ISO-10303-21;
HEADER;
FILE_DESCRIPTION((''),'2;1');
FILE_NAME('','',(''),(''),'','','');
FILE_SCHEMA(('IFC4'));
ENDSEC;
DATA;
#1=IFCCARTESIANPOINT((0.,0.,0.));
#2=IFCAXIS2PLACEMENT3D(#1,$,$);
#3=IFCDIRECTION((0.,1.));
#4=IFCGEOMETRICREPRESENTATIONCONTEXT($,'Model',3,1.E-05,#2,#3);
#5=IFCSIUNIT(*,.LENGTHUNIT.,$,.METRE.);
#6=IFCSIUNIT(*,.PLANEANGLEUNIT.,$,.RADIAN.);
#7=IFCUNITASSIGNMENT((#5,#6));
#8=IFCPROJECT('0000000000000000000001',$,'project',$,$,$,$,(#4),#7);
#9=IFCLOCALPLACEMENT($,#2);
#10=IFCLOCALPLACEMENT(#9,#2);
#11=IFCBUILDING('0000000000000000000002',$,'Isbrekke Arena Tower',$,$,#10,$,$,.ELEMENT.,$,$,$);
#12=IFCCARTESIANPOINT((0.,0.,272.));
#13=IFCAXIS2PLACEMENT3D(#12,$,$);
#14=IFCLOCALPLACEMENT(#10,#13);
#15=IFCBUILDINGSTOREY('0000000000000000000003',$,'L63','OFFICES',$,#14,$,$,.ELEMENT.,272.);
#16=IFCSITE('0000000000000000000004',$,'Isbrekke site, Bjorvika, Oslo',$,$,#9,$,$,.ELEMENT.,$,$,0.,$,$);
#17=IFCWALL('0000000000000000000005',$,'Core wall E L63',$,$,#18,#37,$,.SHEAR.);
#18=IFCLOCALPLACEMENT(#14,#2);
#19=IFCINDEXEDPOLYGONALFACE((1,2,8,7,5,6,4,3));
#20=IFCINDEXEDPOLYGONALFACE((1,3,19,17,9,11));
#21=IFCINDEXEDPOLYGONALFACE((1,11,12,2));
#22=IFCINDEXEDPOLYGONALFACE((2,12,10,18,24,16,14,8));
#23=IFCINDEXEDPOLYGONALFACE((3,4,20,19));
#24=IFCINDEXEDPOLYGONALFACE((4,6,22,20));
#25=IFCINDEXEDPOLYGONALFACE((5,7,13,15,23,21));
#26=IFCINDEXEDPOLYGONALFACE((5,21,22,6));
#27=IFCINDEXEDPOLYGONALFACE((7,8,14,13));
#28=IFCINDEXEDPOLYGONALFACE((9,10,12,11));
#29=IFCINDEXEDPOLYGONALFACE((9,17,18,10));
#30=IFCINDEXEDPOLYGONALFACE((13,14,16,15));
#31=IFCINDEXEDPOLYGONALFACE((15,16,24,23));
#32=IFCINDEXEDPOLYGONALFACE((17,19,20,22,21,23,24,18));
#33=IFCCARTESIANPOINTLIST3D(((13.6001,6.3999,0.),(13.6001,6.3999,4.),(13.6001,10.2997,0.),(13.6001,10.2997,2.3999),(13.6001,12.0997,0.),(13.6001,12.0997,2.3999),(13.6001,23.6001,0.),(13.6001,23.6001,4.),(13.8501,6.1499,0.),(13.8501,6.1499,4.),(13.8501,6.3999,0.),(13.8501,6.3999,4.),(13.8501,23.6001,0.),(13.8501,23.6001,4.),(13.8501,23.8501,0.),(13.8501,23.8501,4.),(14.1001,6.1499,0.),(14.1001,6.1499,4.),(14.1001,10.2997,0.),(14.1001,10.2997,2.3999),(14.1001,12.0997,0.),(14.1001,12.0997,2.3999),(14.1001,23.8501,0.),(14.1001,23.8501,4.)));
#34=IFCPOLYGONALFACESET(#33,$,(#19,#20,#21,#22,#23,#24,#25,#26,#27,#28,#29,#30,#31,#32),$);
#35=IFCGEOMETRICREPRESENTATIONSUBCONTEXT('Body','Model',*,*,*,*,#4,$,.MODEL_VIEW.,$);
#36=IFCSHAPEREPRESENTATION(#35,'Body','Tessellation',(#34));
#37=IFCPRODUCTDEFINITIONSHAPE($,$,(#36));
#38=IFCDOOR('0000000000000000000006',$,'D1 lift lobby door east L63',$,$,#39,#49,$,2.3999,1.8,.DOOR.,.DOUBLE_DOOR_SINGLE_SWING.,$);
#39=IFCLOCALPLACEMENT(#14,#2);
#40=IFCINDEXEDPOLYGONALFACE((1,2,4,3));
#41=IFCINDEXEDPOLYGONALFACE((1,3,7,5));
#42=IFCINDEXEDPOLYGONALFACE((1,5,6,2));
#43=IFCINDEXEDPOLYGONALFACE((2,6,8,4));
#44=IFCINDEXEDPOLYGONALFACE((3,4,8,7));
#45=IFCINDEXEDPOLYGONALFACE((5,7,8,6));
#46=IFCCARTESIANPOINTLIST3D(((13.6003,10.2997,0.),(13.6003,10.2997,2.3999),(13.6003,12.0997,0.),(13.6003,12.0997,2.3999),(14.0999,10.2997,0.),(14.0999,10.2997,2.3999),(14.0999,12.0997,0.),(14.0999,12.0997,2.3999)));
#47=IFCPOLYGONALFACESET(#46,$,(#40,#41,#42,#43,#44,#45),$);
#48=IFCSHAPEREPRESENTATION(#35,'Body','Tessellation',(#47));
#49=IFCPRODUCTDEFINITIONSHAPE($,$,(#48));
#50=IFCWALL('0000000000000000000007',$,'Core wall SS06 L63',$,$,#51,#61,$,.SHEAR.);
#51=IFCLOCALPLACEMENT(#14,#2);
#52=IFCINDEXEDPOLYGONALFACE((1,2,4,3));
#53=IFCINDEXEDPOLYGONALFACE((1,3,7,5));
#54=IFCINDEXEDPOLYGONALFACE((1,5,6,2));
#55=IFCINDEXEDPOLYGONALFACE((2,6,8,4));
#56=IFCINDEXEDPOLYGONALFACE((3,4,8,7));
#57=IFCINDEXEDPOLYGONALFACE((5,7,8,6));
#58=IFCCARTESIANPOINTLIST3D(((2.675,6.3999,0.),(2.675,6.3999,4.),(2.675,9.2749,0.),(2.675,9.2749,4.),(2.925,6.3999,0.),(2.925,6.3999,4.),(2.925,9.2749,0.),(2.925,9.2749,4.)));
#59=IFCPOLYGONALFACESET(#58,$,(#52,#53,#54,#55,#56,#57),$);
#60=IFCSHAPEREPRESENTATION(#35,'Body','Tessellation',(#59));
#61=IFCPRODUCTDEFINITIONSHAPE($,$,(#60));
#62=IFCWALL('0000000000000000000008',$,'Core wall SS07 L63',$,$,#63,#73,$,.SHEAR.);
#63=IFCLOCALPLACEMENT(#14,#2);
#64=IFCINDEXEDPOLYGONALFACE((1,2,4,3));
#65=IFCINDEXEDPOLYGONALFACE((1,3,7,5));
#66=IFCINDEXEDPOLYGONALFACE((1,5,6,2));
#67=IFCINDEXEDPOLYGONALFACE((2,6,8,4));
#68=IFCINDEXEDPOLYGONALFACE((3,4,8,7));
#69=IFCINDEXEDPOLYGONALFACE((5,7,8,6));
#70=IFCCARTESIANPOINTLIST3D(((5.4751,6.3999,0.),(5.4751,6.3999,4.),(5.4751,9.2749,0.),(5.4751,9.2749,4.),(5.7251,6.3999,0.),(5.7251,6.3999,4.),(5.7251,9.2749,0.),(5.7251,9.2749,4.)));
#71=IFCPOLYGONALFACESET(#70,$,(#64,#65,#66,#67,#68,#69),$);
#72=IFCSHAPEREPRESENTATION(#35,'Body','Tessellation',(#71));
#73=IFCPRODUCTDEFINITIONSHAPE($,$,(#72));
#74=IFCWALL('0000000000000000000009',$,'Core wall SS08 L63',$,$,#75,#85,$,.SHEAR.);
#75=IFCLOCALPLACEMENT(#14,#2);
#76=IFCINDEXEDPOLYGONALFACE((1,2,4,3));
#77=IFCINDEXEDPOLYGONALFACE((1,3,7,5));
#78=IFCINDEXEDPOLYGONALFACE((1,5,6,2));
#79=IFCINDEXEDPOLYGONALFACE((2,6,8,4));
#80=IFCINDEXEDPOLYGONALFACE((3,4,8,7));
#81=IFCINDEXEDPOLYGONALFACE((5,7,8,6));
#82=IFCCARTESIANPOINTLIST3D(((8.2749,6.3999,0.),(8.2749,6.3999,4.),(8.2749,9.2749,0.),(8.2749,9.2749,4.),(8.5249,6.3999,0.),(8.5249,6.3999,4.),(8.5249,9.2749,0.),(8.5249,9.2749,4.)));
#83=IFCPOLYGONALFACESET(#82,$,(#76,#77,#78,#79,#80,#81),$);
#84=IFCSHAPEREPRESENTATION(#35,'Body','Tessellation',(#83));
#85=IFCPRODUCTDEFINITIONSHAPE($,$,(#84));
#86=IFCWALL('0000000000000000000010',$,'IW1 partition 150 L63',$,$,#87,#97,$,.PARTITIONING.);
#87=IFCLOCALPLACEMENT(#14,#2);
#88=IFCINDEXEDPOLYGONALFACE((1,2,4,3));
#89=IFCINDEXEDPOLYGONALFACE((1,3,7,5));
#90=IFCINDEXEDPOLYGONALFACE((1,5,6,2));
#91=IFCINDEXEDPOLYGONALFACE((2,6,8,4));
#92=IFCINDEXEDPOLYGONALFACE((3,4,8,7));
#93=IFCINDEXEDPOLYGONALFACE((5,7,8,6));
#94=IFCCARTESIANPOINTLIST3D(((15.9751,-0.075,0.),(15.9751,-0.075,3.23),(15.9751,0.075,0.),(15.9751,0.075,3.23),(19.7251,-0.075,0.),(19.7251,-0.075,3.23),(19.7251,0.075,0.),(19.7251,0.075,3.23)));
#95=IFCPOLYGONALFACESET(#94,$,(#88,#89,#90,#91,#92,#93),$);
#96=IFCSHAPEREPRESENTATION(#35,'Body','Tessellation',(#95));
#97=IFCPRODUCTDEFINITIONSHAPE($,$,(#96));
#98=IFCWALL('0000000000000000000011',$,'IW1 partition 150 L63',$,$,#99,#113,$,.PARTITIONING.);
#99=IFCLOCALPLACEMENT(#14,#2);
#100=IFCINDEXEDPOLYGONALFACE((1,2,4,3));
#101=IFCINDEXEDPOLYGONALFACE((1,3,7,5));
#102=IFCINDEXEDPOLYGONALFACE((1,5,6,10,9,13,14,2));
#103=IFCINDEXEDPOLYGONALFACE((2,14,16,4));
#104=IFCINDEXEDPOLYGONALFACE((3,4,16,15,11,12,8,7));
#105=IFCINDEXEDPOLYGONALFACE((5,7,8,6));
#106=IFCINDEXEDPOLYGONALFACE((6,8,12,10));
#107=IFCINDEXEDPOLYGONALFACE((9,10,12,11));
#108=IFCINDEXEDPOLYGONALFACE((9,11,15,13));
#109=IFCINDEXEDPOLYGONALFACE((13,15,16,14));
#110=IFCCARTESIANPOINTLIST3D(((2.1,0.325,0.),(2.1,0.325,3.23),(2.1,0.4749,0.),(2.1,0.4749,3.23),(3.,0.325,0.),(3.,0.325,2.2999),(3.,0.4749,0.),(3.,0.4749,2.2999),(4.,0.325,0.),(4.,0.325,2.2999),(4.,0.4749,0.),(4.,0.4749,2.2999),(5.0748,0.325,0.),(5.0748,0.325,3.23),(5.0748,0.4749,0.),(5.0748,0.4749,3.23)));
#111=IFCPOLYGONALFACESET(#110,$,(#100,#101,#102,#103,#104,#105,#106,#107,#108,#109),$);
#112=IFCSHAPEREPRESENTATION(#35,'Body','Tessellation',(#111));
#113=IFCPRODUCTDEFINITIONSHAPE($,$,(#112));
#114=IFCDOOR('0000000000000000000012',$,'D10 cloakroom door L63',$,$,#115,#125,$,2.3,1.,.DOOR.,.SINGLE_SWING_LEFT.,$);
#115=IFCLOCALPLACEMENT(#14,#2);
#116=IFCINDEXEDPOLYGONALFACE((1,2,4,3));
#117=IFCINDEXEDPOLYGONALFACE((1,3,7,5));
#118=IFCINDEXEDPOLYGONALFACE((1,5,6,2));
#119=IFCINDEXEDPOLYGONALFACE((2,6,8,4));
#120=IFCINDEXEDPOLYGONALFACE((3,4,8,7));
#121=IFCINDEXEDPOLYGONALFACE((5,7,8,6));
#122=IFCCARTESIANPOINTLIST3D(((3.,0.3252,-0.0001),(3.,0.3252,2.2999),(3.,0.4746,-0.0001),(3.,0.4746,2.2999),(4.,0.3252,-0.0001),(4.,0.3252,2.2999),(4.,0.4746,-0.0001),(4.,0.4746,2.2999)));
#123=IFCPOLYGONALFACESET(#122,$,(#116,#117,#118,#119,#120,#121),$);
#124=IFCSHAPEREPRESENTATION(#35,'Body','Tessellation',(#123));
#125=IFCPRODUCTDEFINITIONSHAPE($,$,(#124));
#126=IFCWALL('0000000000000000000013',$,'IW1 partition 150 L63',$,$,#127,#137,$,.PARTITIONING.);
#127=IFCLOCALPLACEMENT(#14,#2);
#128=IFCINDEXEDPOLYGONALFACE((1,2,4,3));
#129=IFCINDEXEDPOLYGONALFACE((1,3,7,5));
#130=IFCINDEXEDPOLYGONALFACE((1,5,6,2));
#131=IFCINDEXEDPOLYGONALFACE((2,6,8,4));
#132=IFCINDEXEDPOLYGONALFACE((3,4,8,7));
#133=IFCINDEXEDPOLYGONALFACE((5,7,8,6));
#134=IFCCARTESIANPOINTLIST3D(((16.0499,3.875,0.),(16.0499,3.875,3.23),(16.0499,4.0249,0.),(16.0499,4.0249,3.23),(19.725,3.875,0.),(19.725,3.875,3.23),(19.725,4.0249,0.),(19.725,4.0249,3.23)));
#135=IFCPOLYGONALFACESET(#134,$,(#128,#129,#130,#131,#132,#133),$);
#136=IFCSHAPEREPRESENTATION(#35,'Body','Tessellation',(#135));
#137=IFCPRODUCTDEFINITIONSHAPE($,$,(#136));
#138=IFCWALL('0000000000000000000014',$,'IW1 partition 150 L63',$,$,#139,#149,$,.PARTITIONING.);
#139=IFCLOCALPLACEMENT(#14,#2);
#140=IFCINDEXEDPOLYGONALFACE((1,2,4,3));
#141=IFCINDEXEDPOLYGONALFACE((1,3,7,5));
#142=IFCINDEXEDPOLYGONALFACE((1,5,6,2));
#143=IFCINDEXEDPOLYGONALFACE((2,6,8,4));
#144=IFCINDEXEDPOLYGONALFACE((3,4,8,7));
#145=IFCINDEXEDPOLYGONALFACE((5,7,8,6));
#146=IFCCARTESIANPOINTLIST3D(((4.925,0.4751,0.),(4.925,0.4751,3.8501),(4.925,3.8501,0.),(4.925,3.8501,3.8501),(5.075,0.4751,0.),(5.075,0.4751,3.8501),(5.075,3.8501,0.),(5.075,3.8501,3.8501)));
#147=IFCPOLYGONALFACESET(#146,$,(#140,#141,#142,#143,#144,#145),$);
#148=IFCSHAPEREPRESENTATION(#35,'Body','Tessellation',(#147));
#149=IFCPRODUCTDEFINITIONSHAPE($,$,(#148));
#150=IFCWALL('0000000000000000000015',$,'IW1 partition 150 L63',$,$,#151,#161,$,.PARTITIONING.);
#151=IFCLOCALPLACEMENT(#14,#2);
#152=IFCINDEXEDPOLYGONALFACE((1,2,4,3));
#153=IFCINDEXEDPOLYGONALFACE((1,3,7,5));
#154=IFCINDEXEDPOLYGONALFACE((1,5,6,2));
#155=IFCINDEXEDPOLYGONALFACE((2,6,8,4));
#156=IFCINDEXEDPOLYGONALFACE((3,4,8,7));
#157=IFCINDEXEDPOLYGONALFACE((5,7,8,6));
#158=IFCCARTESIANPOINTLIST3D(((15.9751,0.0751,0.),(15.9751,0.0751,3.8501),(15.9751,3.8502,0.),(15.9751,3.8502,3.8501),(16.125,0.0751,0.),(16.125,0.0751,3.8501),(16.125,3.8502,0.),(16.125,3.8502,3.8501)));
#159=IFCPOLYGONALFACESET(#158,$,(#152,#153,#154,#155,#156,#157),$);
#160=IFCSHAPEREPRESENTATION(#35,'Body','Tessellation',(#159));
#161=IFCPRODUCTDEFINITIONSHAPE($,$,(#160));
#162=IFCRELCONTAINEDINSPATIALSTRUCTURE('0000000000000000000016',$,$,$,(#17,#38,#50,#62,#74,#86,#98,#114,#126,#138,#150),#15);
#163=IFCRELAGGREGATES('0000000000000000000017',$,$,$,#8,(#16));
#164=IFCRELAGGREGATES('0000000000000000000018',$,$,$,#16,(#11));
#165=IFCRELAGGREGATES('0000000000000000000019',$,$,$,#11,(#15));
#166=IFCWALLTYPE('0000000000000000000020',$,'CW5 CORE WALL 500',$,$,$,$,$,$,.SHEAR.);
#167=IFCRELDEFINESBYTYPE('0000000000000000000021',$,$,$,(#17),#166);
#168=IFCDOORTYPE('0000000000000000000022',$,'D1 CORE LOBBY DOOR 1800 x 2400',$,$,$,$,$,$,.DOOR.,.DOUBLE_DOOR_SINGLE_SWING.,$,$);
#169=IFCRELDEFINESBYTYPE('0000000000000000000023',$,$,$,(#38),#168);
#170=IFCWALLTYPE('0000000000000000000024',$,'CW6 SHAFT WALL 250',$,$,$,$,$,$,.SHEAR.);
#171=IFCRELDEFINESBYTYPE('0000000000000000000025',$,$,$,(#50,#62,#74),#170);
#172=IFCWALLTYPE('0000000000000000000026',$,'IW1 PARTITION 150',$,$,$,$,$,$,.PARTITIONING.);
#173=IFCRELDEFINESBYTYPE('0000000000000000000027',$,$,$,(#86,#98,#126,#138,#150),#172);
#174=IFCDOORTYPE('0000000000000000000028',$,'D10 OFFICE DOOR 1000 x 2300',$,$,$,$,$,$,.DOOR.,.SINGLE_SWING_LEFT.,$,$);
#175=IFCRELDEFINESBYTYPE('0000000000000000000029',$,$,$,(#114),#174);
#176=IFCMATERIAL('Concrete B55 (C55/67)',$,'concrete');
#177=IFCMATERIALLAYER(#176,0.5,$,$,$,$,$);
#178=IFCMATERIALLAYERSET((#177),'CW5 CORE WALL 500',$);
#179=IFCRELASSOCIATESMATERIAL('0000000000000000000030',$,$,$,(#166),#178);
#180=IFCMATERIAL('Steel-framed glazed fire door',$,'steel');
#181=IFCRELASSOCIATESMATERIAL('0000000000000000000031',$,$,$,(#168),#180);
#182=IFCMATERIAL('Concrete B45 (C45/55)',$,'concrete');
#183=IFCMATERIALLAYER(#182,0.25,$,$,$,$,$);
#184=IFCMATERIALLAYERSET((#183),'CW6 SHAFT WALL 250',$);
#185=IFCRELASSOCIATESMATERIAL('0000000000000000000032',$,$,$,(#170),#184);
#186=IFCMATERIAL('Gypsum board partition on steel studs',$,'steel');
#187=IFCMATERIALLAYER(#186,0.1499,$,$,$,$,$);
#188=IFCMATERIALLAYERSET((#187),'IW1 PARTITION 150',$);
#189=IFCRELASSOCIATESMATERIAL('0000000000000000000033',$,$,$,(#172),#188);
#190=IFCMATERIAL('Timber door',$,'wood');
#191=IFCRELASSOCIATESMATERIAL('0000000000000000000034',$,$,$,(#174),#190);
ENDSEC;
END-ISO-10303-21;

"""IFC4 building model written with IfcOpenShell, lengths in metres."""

from ifc_helpers import new_model, si_unit, direction, frame, frame_2d, origin, place, context, subcontext, project, spatial, polyline, rectangle, outline, extrude, material, layer, layer_set, type_object, element, fill, save


model = new_model("IFC4")

# Units and contexts
model_context = context("Model", 3, precision=1e-05, world=origin(), true_north=direction((0.0, 1.0)))
body_context = subcontext(model_context, "Body", "Model", "MODEL_VIEW")
ifc_project = project(units=[si_unit("LENGTHUNIT", "METRE"), si_unit("PLANEANGLEUNIT", "RADIAN")], contexts=[model_context])

# Site, building, storey
site_placement = place(None, origin())
site = spatial("IfcSite", under=ifc_project, at=site_placement, Name="Isbrekke site, Bjorvika, Oslo", CompositionType="ELEMENT", RefElevation=0.0)
building_placement = place(site_placement, origin())
building = spatial("IfcBuilding", under=site, at=building_placement, Name="Isbrekke Arena Tower", CompositionType="ELEMENT")
storey_placement = place(building_placement, frame((0.0, 0.0, 272.0)))
storey = spatial("IfcBuildingStorey", under=building, at=storey_placement, Name="L63", Description="OFFICES", CompositionType="ELEMENT", Elevation=272.0)

# Wall, opening, door
ifc_material_1 = material(Name="Concrete B55 (C55/67)", Category="concrete")
ifc_layer_1 = layer(ifc_material_1, 0.5)
ifc_layer_set_1 = layer_set([ifc_layer_1], Name="CW5 CORE WALL 500")
wall_type_1 = type_object("IfcWallType", Name="CW5 CORE WALL 500", PredefinedType="SHEAR", material=ifc_layer_set_1)
wall_1_placement = place(storey_placement, frame((13.8501, 6.1499, 0.0), z_axis=(0.0, 0.0, 1.0), x_axis=(0.0, 1.0, 0.0)))
wall_1 = element("IfcWall", 1, at=wall_1_placement, inside=storey, type_object=wall_type_1, Name="Core wall E L63", PredefinedType="SHEAR", context=body_context, shape_type="SweptSolid", body=[
    extrude(outline(polyline([(0.0, -0.25), (17.7002, -0.25), (17.7002, 0.0), (17.4502, 0.0), (17.4502, 0.25), (0.25, 0.25), (0.25, 0.0), (0.0, 0.0), (0.0, -0.25)])), origin(), (0.0, 0.0, 1.0), 4.0),
])
opening_1_placement = place(wall_1_placement, frame((4.1499, 0.0, 0.0)))
opening_1 = element("IfcOpeningElement", 2, at=opening_1_placement, cuts=wall_1, PredefinedType="OPENING", context=body_context, shape_type="SweptSolid", body=[
    extrude(rectangle(XDim=1.8, YDim=2.3999, at=frame_2d((0.8999, 1.2))), frame((0.0, 0.2649, 0.0), z_axis=(0.0, -1.0, 0.0), x_axis=(1.0, 0.0, 0.0)), (0.0, 0.0, 1.0), 0.5298),
])
ifc_material_2 = material(Name="Steel-framed glazed fire door", Category="steel")
door_type_1 = type_object("IfcDoorType", Name="D1 CORE LOBBY DOOR 1800 x 2400", OperationType="DOUBLE_DOOR_SINGLE_SWING", PredefinedType="DOOR", material=ifc_material_2)
door_1_placement = place(opening_1_placement, origin())
door_1 = element("IfcDoor", 3, at=door_1_placement, inside=storey, type_object=door_type_1, Name="D1 lift lobby door east L63", OperationType="DOUBLE_DOOR_SINGLE_SWING", OverallHeight=2.3999, OverallWidth=1.8, PredefinedType="DOOR", context=body_context, shape_type="SweptSolid", body=[
    extrude(rectangle(XDim=1.8, YDim=2.3999, at=frame_2d((0.8999, 1.2))), frame((0.0, 0.2498, 0.0), z_axis=(0.0, -1.0, 0.0), x_axis=(1.0, 0.0, 0.0)), (0.0, 0.0, 1.0), 0.4995),
])
fill(opening_1, door_1)

# Walls
ifc_material_3 = material(Name="Concrete B45 (C45/55)", Category="concrete")
ifc_layer_2 = layer(ifc_material_3, 0.25)
ifc_layer_set_2 = layer_set([ifc_layer_2], Name="CW6 SHAFT WALL 250")
wall_type_2 = type_object("IfcWallType", Name="CW6 SHAFT WALL 250", PredefinedType="SHEAR", material=ifc_layer_set_2)
for number, where, z_axis, x_axis, name in (
    (4, (2.8, 6.3999, 0.0), (0.0, 0.0, 1.0), (0.0, 1.0, 0.0), "Core wall SS06 L63"),
    (5, (5.6001, 6.3999, 0.0), (0.0, 0.0, 1.0), (0.0, 1.0, 0.0), "Core wall SS07 L63"),
    (6, (8.3999, 6.3999, 0.0), (0.0, 0.0, 1.0), (0.0, 1.0, 0.0), "Core wall SS08 L63"),
):
    element("IfcWall", number, at=place(storey_placement, frame(where, z_axis=z_axis, x_axis=x_axis)), inside=storey, type_object=wall_type_2, Name=name, PredefinedType="SHEAR", context=body_context, shape_type="SweptSolid", body=[
        extrude(rectangle(XDim=2.875, YDim=0.25, at=frame_2d((1.4375, 0.0))), origin(), (0.0, 0.0, 1.0), 4.0),
    ])
ifc_material_4 = material(Name="Gypsum board partition on steel studs", Category="steel")
ifc_layer_3 = layer(ifc_material_4, 0.1499)
ifc_layer_set_3 = layer_set([ifc_layer_3], Name="IW1 PARTITION 150")
wall_type_3 = type_object("IfcWallType", Name="IW1 PARTITION 150", PredefinedType="PARTITIONING", material=ifc_layer_set_3)
wall_2_placement = place(storey_placement, frame((15.9751, 0.0, 0.0), z_axis=(0.0, 0.0, 1.0), x_axis=(1.0, 0.0, 0.0)))
element("IfcWall", 7, at=wall_2_placement, inside=storey, type_object=wall_type_3, Name="IW1 partition 150 L63", PredefinedType="PARTITIONING", context=body_context, shape_type="SweptSolid", body=[
    extrude(rectangle(XDim=3.75, YDim=0.1499, at=frame_2d((1.875, 0.0))), origin(), (0.0, 0.0, 1.0), 3.23),
])

# Wall, opening, door
wall_3_placement = place(storey_placement, frame((2.1001, 0.3999, 0.0), z_axis=(0.0, 0.0, 1.0), x_axis=(1.0, 0.0, 0.0)))
wall_3 = element("IfcWall", 8, at=wall_3_placement, inside=storey, type_object=wall_type_3, Name="IW1 partition 150 L63", PredefinedType="PARTITIONING", context=body_context, shape_type="SweptSolid", body=[
    extrude(rectangle(XDim=2.9749, YDim=0.1499, at=frame_2d((1.4873, 0.0))), origin(), (0.0, 0.0, 1.0), 3.23),
])
opening_2_placement = place(wall_3_placement, frame((0.8999, 0.0, 0.0)))
opening_2 = element("IfcOpeningElement", 9, at=opening_2_placement, cuts=wall_3, PredefinedType="OPENING", context=body_context, shape_type="SweptSolid", body=[
    extrude(rectangle(XDim=1.0, YDim=2.3, at=frame_2d((0.5, 1.1499))), frame((0.0, 0.0898, 0.0), z_axis=(0.0, -1.0, 0.0), x_axis=(1.0, 0.0, 0.0)), (0.0, 0.0, 1.0), 0.1797),
])
ifc_material_5 = material(Name="Timber door", Category="wood")
door_type_2 = type_object("IfcDoorType", Name="D10 OFFICE DOOR 1000 x 2300", OperationType="SINGLE_SWING_LEFT", PredefinedType="DOOR", material=ifc_material_5)
door_2_placement = place(opening_2_placement, origin())
door_2 = element("IfcDoor", 10, at=door_2_placement, inside=storey, type_object=door_type_2, Name="D10 cloakroom door L63", OperationType="SINGLE_SWING_LEFT", OverallHeight=2.3, OverallWidth=1.0, PredefinedType="DOOR", context=body_context, shape_type="SweptSolid", body=[
    extrude(rectangle(XDim=1.0, YDim=2.3, at=frame_2d((0.5, 1.1499))), frame((0.0, 0.0747, 0.0), z_axis=(0.0, -1.0, 0.0), x_axis=(1.0, 0.0, 0.0)), (0.0, 0.0, 1.0), 0.1494),
])
fill(opening_2, door_2)

# Walls
wall_4_placement = place(storey_placement, frame((16.05, 3.95, 0.0), z_axis=(0.0, 0.0, 1.0), x_axis=(1.0, 0.0, 0.0)))
element("IfcWall", 11, at=wall_4_placement, inside=storey, type_object=wall_type_3, Name="IW1 partition 150 L63", PredefinedType="PARTITIONING", context=body_context, shape_type="SweptSolid", body=[
    extrude(rectangle(XDim=3.675, YDim=0.1499, at=frame_2d((1.8374, 0.0))), origin(), (0.0, 0.0, 1.0), 3.23),
])
wall_5_placement = place(storey_placement, frame((5.0, 0.4751, 0.0), z_axis=(0.0, 0.0, 1.0), x_axis=(0.0, 1.0, 0.0)))
element("IfcWall", 12, at=wall_5_placement, inside=storey, type_object=wall_type_3, Name="IW1 partition 150 L63", PredefinedType="PARTITIONING", context=body_context, shape_type="SweptSolid", body=[
    extrude(rectangle(XDim=3.375, YDim=0.1499, at=frame_2d((1.6875, 0.0))), origin(), (0.0, 0.0, 1.0), 3.8501),
])
wall_6_placement = place(storey_placement, frame((16.05, 0.075, 0.0), z_axis=(0.0, 0.0, 1.0), x_axis=(0.0, 1.0, 0.0)))
element("IfcWall", 13, at=wall_6_placement, inside=storey, type_object=wall_type_3, Name="IW1 partition 150 L63", PredefinedType="PARTITIONING", context=body_context, shape_type="SweptSolid", body=[
    extrude(rectangle(XDim=3.7751, YDim=0.1499, at=frame_2d((1.8877, 0.0))), origin(), (0.0, 0.0, 1.0), 3.8501),
])

save(model, "model.ifc")
